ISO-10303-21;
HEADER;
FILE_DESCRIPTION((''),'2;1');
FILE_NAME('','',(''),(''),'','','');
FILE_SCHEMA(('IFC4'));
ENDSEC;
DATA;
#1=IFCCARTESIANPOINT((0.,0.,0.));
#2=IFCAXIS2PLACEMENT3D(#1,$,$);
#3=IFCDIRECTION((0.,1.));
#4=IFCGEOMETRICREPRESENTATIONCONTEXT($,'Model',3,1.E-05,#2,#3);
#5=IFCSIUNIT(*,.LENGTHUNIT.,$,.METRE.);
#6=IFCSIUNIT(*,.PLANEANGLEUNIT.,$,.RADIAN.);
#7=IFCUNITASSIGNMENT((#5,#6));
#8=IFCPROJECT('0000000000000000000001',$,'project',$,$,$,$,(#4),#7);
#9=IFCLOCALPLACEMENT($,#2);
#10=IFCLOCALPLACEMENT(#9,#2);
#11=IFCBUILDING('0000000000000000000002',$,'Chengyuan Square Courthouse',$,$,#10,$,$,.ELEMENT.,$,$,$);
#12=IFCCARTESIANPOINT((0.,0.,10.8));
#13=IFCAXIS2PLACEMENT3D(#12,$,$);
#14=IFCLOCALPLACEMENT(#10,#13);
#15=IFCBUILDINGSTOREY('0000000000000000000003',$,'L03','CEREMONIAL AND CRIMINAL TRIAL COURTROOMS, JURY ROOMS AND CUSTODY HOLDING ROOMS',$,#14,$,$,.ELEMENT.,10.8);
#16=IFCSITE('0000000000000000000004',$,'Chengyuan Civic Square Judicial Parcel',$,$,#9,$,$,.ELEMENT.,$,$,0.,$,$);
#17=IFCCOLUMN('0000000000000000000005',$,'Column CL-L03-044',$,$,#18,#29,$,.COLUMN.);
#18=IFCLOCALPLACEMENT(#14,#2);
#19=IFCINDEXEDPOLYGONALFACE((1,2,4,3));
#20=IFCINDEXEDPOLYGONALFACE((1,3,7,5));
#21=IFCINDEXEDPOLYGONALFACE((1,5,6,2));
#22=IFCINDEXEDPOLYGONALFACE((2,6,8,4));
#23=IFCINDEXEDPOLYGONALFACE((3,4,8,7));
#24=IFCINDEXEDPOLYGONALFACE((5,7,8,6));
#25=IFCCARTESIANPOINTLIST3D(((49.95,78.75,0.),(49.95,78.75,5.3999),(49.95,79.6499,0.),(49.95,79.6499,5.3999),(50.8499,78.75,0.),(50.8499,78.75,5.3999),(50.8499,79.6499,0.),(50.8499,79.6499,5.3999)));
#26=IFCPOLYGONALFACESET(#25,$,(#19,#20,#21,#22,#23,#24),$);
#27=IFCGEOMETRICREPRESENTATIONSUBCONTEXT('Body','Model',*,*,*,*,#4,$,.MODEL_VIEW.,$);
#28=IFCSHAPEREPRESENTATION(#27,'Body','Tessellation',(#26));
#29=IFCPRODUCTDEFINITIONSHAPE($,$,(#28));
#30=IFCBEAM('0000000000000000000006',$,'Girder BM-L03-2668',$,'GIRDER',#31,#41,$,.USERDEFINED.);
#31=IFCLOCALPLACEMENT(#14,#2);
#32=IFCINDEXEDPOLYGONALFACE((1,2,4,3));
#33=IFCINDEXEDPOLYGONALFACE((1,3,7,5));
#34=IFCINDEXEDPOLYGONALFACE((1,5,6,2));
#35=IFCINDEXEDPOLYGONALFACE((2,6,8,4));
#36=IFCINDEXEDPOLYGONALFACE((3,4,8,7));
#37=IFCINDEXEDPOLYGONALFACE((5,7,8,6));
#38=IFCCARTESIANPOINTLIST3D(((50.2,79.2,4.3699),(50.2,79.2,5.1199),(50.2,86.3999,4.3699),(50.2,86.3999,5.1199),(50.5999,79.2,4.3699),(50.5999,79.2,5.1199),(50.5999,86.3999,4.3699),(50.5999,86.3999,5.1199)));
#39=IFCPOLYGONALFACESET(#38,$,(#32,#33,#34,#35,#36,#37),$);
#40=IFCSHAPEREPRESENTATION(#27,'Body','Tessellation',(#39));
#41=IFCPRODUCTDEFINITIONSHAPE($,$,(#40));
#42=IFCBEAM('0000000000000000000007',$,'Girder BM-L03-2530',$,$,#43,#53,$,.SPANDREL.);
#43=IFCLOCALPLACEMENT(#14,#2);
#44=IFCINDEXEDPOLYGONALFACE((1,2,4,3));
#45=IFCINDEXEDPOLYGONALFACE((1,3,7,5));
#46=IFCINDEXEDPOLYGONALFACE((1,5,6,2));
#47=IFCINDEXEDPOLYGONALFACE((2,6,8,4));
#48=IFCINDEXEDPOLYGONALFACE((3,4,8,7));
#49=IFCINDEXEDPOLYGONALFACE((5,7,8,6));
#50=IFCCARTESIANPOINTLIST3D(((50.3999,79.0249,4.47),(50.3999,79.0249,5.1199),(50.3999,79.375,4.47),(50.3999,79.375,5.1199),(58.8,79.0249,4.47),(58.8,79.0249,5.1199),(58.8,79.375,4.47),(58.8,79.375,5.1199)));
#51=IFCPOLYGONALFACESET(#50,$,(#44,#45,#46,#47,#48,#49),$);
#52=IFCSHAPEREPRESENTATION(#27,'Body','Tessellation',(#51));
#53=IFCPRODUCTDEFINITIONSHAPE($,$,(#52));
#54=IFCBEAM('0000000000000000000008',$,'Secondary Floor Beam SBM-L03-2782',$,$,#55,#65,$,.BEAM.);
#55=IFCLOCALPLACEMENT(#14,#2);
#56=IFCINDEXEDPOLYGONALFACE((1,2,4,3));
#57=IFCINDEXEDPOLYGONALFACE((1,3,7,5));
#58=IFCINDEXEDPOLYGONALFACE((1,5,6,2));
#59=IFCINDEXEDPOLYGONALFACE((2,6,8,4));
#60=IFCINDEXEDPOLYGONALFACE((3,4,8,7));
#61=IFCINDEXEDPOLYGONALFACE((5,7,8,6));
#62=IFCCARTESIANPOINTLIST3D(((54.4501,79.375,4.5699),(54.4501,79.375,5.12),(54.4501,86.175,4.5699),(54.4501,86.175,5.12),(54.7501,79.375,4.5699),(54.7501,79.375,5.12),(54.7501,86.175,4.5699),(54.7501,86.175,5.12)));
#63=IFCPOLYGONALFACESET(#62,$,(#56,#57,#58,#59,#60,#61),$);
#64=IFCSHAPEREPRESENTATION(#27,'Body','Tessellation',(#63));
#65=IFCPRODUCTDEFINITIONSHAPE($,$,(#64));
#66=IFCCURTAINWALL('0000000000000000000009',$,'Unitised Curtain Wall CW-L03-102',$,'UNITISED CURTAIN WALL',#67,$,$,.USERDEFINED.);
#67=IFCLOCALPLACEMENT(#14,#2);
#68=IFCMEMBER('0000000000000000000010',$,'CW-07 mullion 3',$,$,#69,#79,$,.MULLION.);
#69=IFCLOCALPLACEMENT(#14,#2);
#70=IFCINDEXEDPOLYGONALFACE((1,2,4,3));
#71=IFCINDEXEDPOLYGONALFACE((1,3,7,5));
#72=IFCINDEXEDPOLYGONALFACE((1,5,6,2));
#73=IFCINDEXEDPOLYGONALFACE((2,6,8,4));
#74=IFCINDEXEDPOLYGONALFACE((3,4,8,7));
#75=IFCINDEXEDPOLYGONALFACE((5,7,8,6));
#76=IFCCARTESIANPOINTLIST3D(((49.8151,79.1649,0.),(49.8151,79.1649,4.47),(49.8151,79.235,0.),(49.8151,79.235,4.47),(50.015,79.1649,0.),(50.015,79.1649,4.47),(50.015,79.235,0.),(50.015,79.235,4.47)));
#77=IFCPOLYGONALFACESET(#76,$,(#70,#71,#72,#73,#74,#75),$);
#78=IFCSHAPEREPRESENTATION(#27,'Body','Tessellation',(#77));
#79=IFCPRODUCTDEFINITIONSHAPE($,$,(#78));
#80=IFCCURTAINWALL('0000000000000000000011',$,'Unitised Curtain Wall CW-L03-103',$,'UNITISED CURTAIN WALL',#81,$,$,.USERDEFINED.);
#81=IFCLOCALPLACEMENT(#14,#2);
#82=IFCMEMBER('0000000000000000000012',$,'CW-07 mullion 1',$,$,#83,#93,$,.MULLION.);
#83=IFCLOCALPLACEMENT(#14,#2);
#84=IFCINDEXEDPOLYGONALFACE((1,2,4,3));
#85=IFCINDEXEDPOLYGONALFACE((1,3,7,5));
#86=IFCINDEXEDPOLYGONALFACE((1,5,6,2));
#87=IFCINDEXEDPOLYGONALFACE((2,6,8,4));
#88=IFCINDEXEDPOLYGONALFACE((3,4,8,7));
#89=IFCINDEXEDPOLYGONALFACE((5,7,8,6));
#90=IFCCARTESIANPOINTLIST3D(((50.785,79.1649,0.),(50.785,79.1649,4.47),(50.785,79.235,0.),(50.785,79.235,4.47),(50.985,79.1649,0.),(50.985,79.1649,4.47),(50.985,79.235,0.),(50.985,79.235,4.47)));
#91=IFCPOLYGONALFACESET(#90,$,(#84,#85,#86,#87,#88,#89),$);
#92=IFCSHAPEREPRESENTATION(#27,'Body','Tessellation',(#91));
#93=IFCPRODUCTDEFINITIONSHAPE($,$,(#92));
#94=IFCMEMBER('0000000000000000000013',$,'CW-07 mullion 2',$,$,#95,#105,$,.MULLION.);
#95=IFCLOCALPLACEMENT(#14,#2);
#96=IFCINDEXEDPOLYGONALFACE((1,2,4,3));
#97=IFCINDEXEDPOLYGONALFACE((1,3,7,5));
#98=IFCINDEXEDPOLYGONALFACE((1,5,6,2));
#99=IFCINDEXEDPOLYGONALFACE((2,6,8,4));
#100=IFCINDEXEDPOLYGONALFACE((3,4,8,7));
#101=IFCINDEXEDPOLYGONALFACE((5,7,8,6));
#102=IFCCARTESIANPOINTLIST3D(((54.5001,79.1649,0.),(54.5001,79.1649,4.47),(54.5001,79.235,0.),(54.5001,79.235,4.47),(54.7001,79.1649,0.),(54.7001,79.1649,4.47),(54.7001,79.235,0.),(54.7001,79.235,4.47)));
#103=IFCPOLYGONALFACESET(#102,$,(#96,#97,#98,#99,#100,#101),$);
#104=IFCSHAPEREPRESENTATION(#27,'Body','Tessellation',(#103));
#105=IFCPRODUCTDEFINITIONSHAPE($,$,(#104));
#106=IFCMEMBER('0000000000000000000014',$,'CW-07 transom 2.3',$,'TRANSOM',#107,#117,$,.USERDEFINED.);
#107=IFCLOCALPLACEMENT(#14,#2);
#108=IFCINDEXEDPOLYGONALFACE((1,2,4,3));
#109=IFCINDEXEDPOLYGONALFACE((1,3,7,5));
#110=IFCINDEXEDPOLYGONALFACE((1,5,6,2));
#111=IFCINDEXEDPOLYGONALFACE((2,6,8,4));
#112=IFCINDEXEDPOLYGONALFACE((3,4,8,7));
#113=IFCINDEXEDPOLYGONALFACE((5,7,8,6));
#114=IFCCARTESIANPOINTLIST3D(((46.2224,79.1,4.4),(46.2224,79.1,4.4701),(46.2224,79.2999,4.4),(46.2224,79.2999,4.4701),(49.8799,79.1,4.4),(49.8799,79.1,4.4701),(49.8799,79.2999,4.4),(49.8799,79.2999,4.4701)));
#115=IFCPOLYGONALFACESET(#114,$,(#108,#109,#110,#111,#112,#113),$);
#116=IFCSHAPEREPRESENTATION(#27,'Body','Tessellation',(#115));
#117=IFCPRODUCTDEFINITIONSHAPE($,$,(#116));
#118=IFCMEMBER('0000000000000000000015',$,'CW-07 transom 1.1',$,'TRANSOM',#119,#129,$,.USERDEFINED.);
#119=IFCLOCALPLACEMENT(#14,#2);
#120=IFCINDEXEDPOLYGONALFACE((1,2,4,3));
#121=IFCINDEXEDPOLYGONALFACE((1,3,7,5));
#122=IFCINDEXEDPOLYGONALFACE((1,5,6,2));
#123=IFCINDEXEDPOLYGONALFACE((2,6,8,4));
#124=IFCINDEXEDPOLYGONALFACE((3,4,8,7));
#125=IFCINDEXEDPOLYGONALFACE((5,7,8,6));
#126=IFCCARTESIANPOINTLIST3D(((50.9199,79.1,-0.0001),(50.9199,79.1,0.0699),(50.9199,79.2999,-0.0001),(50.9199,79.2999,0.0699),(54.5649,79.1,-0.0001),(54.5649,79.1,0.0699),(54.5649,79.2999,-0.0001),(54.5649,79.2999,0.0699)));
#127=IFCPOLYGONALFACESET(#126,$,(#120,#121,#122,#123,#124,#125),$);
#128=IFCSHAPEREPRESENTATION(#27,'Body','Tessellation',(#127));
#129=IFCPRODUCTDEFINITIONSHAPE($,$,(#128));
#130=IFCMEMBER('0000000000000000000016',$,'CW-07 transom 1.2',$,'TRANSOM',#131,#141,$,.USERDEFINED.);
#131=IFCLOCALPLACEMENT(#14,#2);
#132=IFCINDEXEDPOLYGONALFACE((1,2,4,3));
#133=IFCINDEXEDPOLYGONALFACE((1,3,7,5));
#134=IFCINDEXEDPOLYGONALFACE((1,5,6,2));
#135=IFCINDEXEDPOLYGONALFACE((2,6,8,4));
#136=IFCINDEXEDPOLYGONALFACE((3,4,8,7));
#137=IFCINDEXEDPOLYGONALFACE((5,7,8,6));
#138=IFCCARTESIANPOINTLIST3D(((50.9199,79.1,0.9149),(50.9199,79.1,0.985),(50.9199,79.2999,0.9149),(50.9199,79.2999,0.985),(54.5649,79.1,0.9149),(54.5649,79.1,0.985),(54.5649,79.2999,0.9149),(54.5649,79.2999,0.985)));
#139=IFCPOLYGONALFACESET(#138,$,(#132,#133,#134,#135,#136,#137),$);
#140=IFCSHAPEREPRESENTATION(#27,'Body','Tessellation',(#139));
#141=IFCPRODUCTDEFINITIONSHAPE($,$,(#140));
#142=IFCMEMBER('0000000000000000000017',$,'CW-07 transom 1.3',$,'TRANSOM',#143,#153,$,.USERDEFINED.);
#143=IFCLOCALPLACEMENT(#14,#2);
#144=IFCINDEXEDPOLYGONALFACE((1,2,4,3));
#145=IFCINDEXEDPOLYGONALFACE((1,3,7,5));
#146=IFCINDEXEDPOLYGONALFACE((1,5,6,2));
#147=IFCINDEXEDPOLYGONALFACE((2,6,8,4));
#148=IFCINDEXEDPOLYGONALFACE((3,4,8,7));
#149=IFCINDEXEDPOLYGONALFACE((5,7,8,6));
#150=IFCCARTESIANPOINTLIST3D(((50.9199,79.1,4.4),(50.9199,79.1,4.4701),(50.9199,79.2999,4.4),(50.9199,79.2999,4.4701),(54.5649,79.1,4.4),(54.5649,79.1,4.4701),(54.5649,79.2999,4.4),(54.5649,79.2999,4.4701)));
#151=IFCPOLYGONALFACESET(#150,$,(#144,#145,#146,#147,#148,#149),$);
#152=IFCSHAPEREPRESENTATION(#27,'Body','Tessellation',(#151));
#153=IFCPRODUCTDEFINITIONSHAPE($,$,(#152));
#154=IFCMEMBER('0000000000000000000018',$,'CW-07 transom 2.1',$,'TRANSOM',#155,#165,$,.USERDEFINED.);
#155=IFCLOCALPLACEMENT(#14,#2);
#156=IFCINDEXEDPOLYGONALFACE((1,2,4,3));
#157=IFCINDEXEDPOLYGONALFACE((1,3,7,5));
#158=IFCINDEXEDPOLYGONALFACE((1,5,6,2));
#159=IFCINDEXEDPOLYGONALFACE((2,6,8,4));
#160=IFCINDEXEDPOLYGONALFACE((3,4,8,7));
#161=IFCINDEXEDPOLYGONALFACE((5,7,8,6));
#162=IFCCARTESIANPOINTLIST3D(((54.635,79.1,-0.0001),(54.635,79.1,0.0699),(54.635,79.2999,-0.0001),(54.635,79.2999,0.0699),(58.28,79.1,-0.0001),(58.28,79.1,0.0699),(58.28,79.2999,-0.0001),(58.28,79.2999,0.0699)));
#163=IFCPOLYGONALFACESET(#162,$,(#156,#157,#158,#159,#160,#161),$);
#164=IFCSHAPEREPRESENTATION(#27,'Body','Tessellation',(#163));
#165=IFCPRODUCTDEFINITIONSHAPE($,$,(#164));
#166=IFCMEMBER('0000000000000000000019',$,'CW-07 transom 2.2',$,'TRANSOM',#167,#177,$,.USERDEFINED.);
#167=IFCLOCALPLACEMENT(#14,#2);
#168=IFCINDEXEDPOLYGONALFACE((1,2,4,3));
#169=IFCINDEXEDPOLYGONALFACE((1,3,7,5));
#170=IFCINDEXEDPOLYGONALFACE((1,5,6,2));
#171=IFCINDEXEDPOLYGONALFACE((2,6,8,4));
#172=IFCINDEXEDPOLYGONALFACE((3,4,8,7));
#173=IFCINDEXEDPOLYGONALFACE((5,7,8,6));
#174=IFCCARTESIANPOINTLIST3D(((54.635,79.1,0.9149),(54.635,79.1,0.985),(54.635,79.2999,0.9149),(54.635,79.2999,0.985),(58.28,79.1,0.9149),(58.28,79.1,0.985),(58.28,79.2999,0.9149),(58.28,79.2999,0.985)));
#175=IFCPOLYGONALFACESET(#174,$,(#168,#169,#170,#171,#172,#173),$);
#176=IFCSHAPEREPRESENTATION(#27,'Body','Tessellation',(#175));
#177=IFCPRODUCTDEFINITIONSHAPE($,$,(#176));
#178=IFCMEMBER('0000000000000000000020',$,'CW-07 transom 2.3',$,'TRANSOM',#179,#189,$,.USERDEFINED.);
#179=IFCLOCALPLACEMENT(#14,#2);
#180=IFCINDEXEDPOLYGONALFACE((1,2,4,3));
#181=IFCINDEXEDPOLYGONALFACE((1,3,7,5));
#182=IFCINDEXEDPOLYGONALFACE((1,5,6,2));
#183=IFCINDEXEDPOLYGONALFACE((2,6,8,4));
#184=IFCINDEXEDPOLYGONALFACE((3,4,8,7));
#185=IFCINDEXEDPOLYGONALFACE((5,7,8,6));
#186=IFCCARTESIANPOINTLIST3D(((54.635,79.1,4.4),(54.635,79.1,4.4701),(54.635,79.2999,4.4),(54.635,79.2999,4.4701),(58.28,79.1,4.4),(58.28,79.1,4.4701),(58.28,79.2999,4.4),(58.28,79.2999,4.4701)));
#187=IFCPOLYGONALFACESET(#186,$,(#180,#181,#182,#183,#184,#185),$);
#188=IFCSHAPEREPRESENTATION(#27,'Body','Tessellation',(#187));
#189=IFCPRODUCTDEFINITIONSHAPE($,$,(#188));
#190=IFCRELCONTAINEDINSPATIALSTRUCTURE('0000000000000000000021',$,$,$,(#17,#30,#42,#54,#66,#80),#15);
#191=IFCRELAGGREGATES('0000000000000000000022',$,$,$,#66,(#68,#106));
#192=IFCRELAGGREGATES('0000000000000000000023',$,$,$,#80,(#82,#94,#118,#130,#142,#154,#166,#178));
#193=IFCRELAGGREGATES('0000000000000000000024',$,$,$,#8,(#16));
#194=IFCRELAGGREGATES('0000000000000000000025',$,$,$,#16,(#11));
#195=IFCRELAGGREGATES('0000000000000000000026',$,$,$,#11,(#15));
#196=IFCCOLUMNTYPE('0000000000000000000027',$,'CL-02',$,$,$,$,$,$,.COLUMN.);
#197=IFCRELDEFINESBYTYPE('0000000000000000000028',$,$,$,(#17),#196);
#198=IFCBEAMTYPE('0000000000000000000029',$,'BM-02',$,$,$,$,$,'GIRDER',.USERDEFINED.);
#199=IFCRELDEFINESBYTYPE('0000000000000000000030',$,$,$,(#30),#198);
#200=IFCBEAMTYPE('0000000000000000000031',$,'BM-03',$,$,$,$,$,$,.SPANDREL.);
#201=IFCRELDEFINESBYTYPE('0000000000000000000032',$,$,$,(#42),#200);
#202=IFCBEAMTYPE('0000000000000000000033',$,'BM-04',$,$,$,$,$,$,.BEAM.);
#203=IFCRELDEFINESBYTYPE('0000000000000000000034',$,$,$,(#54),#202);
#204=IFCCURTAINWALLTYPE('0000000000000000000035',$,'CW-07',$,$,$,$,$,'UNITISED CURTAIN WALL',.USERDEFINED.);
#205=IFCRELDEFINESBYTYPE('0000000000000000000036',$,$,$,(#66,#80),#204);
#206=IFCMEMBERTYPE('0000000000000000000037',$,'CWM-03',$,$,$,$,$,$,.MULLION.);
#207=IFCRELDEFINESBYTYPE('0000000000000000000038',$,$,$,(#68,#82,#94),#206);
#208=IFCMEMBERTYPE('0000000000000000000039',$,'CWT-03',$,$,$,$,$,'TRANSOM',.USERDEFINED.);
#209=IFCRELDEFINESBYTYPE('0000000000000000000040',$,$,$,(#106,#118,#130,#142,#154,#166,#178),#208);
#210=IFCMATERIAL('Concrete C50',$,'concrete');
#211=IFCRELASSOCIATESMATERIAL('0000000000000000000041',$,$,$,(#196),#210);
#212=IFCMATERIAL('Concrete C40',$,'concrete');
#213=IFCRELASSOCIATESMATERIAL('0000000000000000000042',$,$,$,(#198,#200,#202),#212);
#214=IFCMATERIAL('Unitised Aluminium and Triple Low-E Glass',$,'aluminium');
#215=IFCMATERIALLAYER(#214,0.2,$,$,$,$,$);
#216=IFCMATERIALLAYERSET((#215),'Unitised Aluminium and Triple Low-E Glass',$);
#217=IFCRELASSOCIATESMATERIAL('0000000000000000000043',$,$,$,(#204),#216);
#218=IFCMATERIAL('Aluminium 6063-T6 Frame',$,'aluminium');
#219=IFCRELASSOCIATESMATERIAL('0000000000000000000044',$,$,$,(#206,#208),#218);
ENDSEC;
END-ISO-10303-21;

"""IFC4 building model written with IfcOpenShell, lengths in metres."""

from ifc_helpers import new_model, si_unit, direction, frame, origin, origin_2d, place, context, subcontext, project, spatial, rectangle, extrude, material, layer, layer_set, material_profile, profile_set, type_object, element, aggregate, save


model = new_model("IFC4")

# Units and contexts
model_context = context("Model", 3, precision=1e-05, world=origin(), true_north=direction((0.0, 1.0)))
body_context = subcontext(model_context, "Body", "Model", "MODEL_VIEW")
ifc_project = project(units=[si_unit("LENGTHUNIT", "METRE"), si_unit("PLANEANGLEUNIT", "RADIAN")], contexts=[model_context])

# Site, building, storey
site_placement = place(None, origin())
site = spatial("IfcSite", under=ifc_project, at=site_placement, Name="Chengyuan Civic Square Judicial Parcel", CompositionType="ELEMENT", RefElevation=0.0)
building_placement = place(site_placement, origin())
building = spatial("IfcBuilding", under=site, at=building_placement, Name="Chengyuan Square Courthouse", CompositionType="ELEMENT")
storey_placement = place(building_placement, frame((0.0, 0.0, 10.8)))
storey = spatial("IfcBuildingStorey", under=building, at=storey_placement, Name="L03", Description="CEREMONIAL AND CRIMINAL TRIAL COURTROOMS, JURY ROOMS AND CUSTODY HOLDING ROOMS", CompositionType="ELEMENT", Elevation=10.8)

# Column
ifc_material_1 = material(Name="Concrete C50", Category="concrete")
ifc_material_profile_1 = material_profile(ifc_material_1, rectangle(XDim=0.8999, YDim=0.8999, at=origin_2d()), Name="RC-COL-900x900")
ifc_profile_set_1 = profile_set([ifc_material_profile_1], Name="Concrete C50")
column_type = type_object("IfcColumnType", Name="CL-02", PredefinedType="COLUMN", material=ifc_profile_set_1)
column_placement = place(storey_placement, frame((50.3999, 79.2, 0.0), z_axis=(0.0, 0.0, 1.0), x_axis=(1.0, 0.0, 0.0)))
element("IfcColumn", 1, at=column_placement, inside=storey, type_object=column_type, Name="Column CL-L03-044", PredefinedType="COLUMN", context=body_context, shape_type="SweptSolid", body=[
    extrude(rectangle(XDim=0.8999, YDim=0.8999, at=origin_2d()), origin(), (0.0, 0.0, 1.0), 5.3999),
])

# Beams
ifc_material_2 = material(Name="Concrete C40", Category="concrete")
ifc_material_profile_2 = material_profile(ifc_material_2, rectangle(XDim=0.3999, YDim=0.75, at=origin_2d()), Name="RC-BM-400x750")
ifc_profile_set_2 = profile_set([ifc_material_profile_2], Name="Concrete C40")
beam_type_1 = type_object("IfcBeamType", Name="BM-02", ElementType="GIRDER", PredefinedType="USERDEFINED", material=ifc_profile_set_2)
beam_1_placement = place(storey_placement, frame((50.3999, 79.2, 4.7449), z_axis=(0.0, 1.0, 0.0), x_axis=(-1.0, 0.0, 0.0)))
element("IfcBeam", 2, at=beam_1_placement, inside=storey, type_object=beam_type_1, Name="Girder BM-L03-2668", ObjectType="GIRDER", PredefinedType="USERDEFINED", context=body_context, shape_type="SweptSolid", body=[
    extrude(rectangle(XDim=0.3999, YDim=0.75, at=origin_2d()), origin(), (0.0, 0.0, 1.0), 7.2),
])
ifc_material_profile_3 = material_profile(ifc_material_2, rectangle(XDim=0.3501, YDim=0.6499, at=origin_2d()), Name="RC-BM-350x650")
ifc_profile_set_3 = profile_set([ifc_material_profile_3], Name="Concrete C40")
beam_type_2 = type_object("IfcBeamType", Name="BM-03", PredefinedType="SPANDREL", material=ifc_profile_set_3)
beam_2_placement = place(storey_placement, frame((50.3999, 79.2, 4.7949), z_axis=(1.0, 0.0, 0.0), x_axis=(0.0, 1.0, 0.0)))
element("IfcBeam", 3, at=beam_2_placement, inside=storey, type_object=beam_type_2, Name="Girder BM-L03-2530", PredefinedType="SPANDREL", context=body_context, shape_type="SweptSolid", body=[
    extrude(rectangle(XDim=0.3501, YDim=0.6499, at=origin_2d()), origin(), (0.0, 0.0, 1.0), 8.4001),
])
ifc_material_profile_4 = material_profile(ifc_material_2, rectangle(XDim=0.3, YDim=0.55, at=origin_2d()), Name="RC-BM-300x550")
ifc_profile_set_4 = profile_set([ifc_material_profile_4], Name="Concrete C40")
beam_type_3 = type_object("IfcBeamType", Name="BM-04", PredefinedType="BEAM", material=ifc_profile_set_4)
beam_3_placement = place(storey_placement, frame((54.6001, 79.375, 4.845), z_axis=(0.0, 1.0, 0.0), x_axis=(-1.0, 0.0, 0.0)))
element("IfcBeam", 4, at=beam_3_placement, inside=storey, type_object=beam_type_3, Name="Secondary Floor Beam SBM-L03-2782", PredefinedType="BEAM", context=body_context, shape_type="SweptSolid", body=[
    extrude(rectangle(XDim=0.3, YDim=0.55, at=origin_2d()), origin(), (0.0, 0.0, 1.0), 6.8),
])

# Curtain wall, member
ifc_material_3 = material(Name="Unitised Aluminium and Triple Low-E Glass", Category="aluminium")
ifc_layer_1 = layer(ifc_material_3, 0.2)
ifc_layer_set_1 = layer_set([ifc_layer_1], Name="Unitised Aluminium and Triple Low-E Glass")
curtain_wall_type = type_object("IfcCurtainWallType", Name="CW-07", ElementType="UNITISED CURTAIN WALL", PredefinedType="USERDEFINED", material=ifc_layer_set_1)
curtain_wall_1_placement = place(storey_placement, origin())
curtain_wall_1 = element("IfcCurtainWall", 5, at=curtain_wall_1_placement, inside=storey, type_object=curtain_wall_type, Name="Unitised Curtain Wall CW-L03-102", ObjectType="UNITISED CURTAIN WALL", PredefinedType="USERDEFINED")
ifc_material_4 = material(Name="Aluminium 6063-T6 Frame", Category="aluminium")
ifc_material_profile_5 = material_profile(ifc_material_4, rectangle(XDim=0.0701, YDim=0.2, at=origin_2d()), Name="CW-MUL-70x200")
ifc_profile_set_5 = profile_set([ifc_material_profile_5], Name="Aluminium 6063-T6 Frame")
member_type_1 = type_object("IfcMemberType", Name="CWM-03", PredefinedType="MULLION", material=ifc_profile_set_5)
member_1_placement = place(storey_placement, frame((49.915, 79.2, 0.0), z_axis=(0.0, 0.0, 1.0), x_axis=(0.0, 1.0, 0.0)))
member_1 = element("IfcMember", 6, at=member_1_placement, type_object=member_type_1, Name="CW-07 mullion 3", PredefinedType="MULLION", context=body_context, shape_type="SweptSolid", body=[
    extrude(rectangle(XDim=0.0701, YDim=0.2, at=origin_2d()), origin(), (0.0, 0.0, 1.0), 4.47),
])

# Curtain wall, members
curtain_wall_2_placement = place(storey_placement, origin())
curtain_wall_2 = element("IfcCurtainWall", 7, at=curtain_wall_2_placement, inside=storey, type_object=curtain_wall_type, Name="Unitised Curtain Wall CW-L03-103", ObjectType="UNITISED CURTAIN WALL", PredefinedType="USERDEFINED")
member_2_placement = place(storey_placement, frame((50.885, 79.2, 0.0), z_axis=(0.0, 0.0, 1.0), x_axis=(0.0, 1.0, 0.0)))
member_2 = element("IfcMember", 8, at=member_2_placement, type_object=member_type_1, Name="CW-07 mullion 1", PredefinedType="MULLION", context=body_context, shape_type="SweptSolid", body=[
    extrude(rectangle(XDim=0.0701, YDim=0.2, at=origin_2d()), origin(), (0.0, 0.0, 1.0), 4.47),
])
member_3_placement = place(storey_placement, frame((54.6001, 79.2, 0.0), z_axis=(0.0, 0.0, 1.0), x_axis=(0.0, 1.0, 0.0)))
member_3 = element("IfcMember", 9, at=member_3_placement, type_object=member_type_1, Name="CW-07 mullion 2", PredefinedType="MULLION", context=body_context, shape_type="SweptSolid", body=[
    extrude(rectangle(XDim=0.0701, YDim=0.2, at=origin_2d()), origin(), (0.0, 0.0, 1.0), 4.47),
])

# Members
ifc_material_profile_6 = material_profile(ifc_material_4, rectangle(XDim=0.2, YDim=0.0701, at=origin_2d()), Name="CW-TRN-70x160")
ifc_profile_set_6 = profile_set([ifc_material_profile_6], Name="Aluminium 6063-T6 Frame")
member_type_2 = type_object("IfcMemberType", Name="CWT-03", ElementType="TRANSOM", PredefinedType="USERDEFINED", material=ifc_profile_set_6)
member_4_placement = place(storey_placement, frame((46.2224, 79.2, 4.4351), z_axis=(1.0, 0.0, 0.0), x_axis=(0.0, 1.0, 0.0)))
member_4 = element("IfcMember", 10, at=member_4_placement, type_object=member_type_2, Name="CW-07 transom 2.3", ObjectType="TRANSOM", PredefinedType="USERDEFINED", context=body_context, shape_type="SweptSolid", body=[
    extrude(rectangle(XDim=0.2, YDim=0.0701, at=origin_2d()), origin(), (0.0, 0.0, 1.0), 3.6575),
])
member_5_placement = place(storey_placement, frame((50.9199, 79.2, 0.0349), z_axis=(1.0, 0.0, 0.0), x_axis=(0.0, 1.0, 0.0)))
member_5 = element("IfcMember", 11, at=member_5_placement, type_object=member_type_2, Name="CW-07 transom 1.1", ObjectType="TRANSOM", PredefinedType="USERDEFINED", context=body_context, shape_type="SweptSolid", body=[
    extrude(rectangle(XDim=0.2, YDim=0.0701, at=origin_2d()), origin(), (0.0, 0.0, 1.0), 3.645),
])
member_6_placement = place(storey_placement, frame((50.9199, 79.2, 0.95), z_axis=(1.0, 0.0, 0.0), x_axis=(0.0, 1.0, 0.0)))
member_6 = element("IfcMember", 12, at=member_6_placement, type_object=member_type_2, Name="CW-07 transom 1.2", ObjectType="TRANSOM", PredefinedType="USERDEFINED", context=body_context, shape_type="SweptSolid", body=[
    extrude(rectangle(XDim=0.2, YDim=0.0701, at=origin_2d()), origin(), (0.0, 0.0, 1.0), 3.645),
])
member_7_placement = place(storey_placement, frame((50.9199, 79.2, 4.4351), z_axis=(1.0, 0.0, 0.0), x_axis=(0.0, 1.0, 0.0)))
member_7 = element("IfcMember", 13, at=member_7_placement, type_object=member_type_2, Name="CW-07 transom 1.3", ObjectType="TRANSOM", PredefinedType="USERDEFINED", context=body_context, shape_type="SweptSolid", body=[
    extrude(rectangle(XDim=0.2, YDim=0.0701, at=origin_2d()), origin(), (0.0, 0.0, 1.0), 3.645),
])
member_8_placement = place(storey_placement, frame((54.635, 79.2, 0.0349), z_axis=(1.0, 0.0, 0.0), x_axis=(0.0, 1.0, 0.0)))
member_8 = element("IfcMember", 14, at=member_8_placement, type_object=member_type_2, Name="CW-07 transom 2.1", ObjectType="TRANSOM", PredefinedType="USERDEFINED", context=body_context, shape_type="SweptSolid", body=[
    extrude(rectangle(XDim=0.2, YDim=0.0701, at=origin_2d()), origin(), (0.0, 0.0, 1.0), 3.645),
])
member_9_placement = place(storey_placement, frame((54.635, 79.2, 0.95), z_axis=(1.0, 0.0, 0.0), x_axis=(0.0, 1.0, 0.0)))
member_9 = element("IfcMember", 15, at=member_9_placement, type_object=member_type_2, Name="CW-07 transom 2.2", ObjectType="TRANSOM", PredefinedType="USERDEFINED", context=body_context, shape_type="SweptSolid", body=[
    extrude(rectangle(XDim=0.2, YDim=0.0701, at=origin_2d()), origin(), (0.0, 0.0, 1.0), 3.645),
])
member_10_placement = place(storey_placement, frame((54.635, 79.2, 4.4351), z_axis=(1.0, 0.0, 0.0), x_axis=(0.0, 1.0, 0.0)))
member_10 = element("IfcMember", 16, at=member_10_placement, type_object=member_type_2, Name="CW-07 transom 2.3", ObjectType="TRANSOM", PredefinedType="USERDEFINED", context=body_context, shape_type="SweptSolid", body=[
    extrude(rectangle(XDim=0.2, YDim=0.0701, at=origin_2d()), origin(), (0.0, 0.0, 1.0), 3.645),
])

aggregate(curtain_wall_1, [member_1, member_4])
aggregate(curtain_wall_2, [member_2, member_3, member_5, member_6, member_7, member_8, member_9, member_10])

save(model, "model.ifc")
